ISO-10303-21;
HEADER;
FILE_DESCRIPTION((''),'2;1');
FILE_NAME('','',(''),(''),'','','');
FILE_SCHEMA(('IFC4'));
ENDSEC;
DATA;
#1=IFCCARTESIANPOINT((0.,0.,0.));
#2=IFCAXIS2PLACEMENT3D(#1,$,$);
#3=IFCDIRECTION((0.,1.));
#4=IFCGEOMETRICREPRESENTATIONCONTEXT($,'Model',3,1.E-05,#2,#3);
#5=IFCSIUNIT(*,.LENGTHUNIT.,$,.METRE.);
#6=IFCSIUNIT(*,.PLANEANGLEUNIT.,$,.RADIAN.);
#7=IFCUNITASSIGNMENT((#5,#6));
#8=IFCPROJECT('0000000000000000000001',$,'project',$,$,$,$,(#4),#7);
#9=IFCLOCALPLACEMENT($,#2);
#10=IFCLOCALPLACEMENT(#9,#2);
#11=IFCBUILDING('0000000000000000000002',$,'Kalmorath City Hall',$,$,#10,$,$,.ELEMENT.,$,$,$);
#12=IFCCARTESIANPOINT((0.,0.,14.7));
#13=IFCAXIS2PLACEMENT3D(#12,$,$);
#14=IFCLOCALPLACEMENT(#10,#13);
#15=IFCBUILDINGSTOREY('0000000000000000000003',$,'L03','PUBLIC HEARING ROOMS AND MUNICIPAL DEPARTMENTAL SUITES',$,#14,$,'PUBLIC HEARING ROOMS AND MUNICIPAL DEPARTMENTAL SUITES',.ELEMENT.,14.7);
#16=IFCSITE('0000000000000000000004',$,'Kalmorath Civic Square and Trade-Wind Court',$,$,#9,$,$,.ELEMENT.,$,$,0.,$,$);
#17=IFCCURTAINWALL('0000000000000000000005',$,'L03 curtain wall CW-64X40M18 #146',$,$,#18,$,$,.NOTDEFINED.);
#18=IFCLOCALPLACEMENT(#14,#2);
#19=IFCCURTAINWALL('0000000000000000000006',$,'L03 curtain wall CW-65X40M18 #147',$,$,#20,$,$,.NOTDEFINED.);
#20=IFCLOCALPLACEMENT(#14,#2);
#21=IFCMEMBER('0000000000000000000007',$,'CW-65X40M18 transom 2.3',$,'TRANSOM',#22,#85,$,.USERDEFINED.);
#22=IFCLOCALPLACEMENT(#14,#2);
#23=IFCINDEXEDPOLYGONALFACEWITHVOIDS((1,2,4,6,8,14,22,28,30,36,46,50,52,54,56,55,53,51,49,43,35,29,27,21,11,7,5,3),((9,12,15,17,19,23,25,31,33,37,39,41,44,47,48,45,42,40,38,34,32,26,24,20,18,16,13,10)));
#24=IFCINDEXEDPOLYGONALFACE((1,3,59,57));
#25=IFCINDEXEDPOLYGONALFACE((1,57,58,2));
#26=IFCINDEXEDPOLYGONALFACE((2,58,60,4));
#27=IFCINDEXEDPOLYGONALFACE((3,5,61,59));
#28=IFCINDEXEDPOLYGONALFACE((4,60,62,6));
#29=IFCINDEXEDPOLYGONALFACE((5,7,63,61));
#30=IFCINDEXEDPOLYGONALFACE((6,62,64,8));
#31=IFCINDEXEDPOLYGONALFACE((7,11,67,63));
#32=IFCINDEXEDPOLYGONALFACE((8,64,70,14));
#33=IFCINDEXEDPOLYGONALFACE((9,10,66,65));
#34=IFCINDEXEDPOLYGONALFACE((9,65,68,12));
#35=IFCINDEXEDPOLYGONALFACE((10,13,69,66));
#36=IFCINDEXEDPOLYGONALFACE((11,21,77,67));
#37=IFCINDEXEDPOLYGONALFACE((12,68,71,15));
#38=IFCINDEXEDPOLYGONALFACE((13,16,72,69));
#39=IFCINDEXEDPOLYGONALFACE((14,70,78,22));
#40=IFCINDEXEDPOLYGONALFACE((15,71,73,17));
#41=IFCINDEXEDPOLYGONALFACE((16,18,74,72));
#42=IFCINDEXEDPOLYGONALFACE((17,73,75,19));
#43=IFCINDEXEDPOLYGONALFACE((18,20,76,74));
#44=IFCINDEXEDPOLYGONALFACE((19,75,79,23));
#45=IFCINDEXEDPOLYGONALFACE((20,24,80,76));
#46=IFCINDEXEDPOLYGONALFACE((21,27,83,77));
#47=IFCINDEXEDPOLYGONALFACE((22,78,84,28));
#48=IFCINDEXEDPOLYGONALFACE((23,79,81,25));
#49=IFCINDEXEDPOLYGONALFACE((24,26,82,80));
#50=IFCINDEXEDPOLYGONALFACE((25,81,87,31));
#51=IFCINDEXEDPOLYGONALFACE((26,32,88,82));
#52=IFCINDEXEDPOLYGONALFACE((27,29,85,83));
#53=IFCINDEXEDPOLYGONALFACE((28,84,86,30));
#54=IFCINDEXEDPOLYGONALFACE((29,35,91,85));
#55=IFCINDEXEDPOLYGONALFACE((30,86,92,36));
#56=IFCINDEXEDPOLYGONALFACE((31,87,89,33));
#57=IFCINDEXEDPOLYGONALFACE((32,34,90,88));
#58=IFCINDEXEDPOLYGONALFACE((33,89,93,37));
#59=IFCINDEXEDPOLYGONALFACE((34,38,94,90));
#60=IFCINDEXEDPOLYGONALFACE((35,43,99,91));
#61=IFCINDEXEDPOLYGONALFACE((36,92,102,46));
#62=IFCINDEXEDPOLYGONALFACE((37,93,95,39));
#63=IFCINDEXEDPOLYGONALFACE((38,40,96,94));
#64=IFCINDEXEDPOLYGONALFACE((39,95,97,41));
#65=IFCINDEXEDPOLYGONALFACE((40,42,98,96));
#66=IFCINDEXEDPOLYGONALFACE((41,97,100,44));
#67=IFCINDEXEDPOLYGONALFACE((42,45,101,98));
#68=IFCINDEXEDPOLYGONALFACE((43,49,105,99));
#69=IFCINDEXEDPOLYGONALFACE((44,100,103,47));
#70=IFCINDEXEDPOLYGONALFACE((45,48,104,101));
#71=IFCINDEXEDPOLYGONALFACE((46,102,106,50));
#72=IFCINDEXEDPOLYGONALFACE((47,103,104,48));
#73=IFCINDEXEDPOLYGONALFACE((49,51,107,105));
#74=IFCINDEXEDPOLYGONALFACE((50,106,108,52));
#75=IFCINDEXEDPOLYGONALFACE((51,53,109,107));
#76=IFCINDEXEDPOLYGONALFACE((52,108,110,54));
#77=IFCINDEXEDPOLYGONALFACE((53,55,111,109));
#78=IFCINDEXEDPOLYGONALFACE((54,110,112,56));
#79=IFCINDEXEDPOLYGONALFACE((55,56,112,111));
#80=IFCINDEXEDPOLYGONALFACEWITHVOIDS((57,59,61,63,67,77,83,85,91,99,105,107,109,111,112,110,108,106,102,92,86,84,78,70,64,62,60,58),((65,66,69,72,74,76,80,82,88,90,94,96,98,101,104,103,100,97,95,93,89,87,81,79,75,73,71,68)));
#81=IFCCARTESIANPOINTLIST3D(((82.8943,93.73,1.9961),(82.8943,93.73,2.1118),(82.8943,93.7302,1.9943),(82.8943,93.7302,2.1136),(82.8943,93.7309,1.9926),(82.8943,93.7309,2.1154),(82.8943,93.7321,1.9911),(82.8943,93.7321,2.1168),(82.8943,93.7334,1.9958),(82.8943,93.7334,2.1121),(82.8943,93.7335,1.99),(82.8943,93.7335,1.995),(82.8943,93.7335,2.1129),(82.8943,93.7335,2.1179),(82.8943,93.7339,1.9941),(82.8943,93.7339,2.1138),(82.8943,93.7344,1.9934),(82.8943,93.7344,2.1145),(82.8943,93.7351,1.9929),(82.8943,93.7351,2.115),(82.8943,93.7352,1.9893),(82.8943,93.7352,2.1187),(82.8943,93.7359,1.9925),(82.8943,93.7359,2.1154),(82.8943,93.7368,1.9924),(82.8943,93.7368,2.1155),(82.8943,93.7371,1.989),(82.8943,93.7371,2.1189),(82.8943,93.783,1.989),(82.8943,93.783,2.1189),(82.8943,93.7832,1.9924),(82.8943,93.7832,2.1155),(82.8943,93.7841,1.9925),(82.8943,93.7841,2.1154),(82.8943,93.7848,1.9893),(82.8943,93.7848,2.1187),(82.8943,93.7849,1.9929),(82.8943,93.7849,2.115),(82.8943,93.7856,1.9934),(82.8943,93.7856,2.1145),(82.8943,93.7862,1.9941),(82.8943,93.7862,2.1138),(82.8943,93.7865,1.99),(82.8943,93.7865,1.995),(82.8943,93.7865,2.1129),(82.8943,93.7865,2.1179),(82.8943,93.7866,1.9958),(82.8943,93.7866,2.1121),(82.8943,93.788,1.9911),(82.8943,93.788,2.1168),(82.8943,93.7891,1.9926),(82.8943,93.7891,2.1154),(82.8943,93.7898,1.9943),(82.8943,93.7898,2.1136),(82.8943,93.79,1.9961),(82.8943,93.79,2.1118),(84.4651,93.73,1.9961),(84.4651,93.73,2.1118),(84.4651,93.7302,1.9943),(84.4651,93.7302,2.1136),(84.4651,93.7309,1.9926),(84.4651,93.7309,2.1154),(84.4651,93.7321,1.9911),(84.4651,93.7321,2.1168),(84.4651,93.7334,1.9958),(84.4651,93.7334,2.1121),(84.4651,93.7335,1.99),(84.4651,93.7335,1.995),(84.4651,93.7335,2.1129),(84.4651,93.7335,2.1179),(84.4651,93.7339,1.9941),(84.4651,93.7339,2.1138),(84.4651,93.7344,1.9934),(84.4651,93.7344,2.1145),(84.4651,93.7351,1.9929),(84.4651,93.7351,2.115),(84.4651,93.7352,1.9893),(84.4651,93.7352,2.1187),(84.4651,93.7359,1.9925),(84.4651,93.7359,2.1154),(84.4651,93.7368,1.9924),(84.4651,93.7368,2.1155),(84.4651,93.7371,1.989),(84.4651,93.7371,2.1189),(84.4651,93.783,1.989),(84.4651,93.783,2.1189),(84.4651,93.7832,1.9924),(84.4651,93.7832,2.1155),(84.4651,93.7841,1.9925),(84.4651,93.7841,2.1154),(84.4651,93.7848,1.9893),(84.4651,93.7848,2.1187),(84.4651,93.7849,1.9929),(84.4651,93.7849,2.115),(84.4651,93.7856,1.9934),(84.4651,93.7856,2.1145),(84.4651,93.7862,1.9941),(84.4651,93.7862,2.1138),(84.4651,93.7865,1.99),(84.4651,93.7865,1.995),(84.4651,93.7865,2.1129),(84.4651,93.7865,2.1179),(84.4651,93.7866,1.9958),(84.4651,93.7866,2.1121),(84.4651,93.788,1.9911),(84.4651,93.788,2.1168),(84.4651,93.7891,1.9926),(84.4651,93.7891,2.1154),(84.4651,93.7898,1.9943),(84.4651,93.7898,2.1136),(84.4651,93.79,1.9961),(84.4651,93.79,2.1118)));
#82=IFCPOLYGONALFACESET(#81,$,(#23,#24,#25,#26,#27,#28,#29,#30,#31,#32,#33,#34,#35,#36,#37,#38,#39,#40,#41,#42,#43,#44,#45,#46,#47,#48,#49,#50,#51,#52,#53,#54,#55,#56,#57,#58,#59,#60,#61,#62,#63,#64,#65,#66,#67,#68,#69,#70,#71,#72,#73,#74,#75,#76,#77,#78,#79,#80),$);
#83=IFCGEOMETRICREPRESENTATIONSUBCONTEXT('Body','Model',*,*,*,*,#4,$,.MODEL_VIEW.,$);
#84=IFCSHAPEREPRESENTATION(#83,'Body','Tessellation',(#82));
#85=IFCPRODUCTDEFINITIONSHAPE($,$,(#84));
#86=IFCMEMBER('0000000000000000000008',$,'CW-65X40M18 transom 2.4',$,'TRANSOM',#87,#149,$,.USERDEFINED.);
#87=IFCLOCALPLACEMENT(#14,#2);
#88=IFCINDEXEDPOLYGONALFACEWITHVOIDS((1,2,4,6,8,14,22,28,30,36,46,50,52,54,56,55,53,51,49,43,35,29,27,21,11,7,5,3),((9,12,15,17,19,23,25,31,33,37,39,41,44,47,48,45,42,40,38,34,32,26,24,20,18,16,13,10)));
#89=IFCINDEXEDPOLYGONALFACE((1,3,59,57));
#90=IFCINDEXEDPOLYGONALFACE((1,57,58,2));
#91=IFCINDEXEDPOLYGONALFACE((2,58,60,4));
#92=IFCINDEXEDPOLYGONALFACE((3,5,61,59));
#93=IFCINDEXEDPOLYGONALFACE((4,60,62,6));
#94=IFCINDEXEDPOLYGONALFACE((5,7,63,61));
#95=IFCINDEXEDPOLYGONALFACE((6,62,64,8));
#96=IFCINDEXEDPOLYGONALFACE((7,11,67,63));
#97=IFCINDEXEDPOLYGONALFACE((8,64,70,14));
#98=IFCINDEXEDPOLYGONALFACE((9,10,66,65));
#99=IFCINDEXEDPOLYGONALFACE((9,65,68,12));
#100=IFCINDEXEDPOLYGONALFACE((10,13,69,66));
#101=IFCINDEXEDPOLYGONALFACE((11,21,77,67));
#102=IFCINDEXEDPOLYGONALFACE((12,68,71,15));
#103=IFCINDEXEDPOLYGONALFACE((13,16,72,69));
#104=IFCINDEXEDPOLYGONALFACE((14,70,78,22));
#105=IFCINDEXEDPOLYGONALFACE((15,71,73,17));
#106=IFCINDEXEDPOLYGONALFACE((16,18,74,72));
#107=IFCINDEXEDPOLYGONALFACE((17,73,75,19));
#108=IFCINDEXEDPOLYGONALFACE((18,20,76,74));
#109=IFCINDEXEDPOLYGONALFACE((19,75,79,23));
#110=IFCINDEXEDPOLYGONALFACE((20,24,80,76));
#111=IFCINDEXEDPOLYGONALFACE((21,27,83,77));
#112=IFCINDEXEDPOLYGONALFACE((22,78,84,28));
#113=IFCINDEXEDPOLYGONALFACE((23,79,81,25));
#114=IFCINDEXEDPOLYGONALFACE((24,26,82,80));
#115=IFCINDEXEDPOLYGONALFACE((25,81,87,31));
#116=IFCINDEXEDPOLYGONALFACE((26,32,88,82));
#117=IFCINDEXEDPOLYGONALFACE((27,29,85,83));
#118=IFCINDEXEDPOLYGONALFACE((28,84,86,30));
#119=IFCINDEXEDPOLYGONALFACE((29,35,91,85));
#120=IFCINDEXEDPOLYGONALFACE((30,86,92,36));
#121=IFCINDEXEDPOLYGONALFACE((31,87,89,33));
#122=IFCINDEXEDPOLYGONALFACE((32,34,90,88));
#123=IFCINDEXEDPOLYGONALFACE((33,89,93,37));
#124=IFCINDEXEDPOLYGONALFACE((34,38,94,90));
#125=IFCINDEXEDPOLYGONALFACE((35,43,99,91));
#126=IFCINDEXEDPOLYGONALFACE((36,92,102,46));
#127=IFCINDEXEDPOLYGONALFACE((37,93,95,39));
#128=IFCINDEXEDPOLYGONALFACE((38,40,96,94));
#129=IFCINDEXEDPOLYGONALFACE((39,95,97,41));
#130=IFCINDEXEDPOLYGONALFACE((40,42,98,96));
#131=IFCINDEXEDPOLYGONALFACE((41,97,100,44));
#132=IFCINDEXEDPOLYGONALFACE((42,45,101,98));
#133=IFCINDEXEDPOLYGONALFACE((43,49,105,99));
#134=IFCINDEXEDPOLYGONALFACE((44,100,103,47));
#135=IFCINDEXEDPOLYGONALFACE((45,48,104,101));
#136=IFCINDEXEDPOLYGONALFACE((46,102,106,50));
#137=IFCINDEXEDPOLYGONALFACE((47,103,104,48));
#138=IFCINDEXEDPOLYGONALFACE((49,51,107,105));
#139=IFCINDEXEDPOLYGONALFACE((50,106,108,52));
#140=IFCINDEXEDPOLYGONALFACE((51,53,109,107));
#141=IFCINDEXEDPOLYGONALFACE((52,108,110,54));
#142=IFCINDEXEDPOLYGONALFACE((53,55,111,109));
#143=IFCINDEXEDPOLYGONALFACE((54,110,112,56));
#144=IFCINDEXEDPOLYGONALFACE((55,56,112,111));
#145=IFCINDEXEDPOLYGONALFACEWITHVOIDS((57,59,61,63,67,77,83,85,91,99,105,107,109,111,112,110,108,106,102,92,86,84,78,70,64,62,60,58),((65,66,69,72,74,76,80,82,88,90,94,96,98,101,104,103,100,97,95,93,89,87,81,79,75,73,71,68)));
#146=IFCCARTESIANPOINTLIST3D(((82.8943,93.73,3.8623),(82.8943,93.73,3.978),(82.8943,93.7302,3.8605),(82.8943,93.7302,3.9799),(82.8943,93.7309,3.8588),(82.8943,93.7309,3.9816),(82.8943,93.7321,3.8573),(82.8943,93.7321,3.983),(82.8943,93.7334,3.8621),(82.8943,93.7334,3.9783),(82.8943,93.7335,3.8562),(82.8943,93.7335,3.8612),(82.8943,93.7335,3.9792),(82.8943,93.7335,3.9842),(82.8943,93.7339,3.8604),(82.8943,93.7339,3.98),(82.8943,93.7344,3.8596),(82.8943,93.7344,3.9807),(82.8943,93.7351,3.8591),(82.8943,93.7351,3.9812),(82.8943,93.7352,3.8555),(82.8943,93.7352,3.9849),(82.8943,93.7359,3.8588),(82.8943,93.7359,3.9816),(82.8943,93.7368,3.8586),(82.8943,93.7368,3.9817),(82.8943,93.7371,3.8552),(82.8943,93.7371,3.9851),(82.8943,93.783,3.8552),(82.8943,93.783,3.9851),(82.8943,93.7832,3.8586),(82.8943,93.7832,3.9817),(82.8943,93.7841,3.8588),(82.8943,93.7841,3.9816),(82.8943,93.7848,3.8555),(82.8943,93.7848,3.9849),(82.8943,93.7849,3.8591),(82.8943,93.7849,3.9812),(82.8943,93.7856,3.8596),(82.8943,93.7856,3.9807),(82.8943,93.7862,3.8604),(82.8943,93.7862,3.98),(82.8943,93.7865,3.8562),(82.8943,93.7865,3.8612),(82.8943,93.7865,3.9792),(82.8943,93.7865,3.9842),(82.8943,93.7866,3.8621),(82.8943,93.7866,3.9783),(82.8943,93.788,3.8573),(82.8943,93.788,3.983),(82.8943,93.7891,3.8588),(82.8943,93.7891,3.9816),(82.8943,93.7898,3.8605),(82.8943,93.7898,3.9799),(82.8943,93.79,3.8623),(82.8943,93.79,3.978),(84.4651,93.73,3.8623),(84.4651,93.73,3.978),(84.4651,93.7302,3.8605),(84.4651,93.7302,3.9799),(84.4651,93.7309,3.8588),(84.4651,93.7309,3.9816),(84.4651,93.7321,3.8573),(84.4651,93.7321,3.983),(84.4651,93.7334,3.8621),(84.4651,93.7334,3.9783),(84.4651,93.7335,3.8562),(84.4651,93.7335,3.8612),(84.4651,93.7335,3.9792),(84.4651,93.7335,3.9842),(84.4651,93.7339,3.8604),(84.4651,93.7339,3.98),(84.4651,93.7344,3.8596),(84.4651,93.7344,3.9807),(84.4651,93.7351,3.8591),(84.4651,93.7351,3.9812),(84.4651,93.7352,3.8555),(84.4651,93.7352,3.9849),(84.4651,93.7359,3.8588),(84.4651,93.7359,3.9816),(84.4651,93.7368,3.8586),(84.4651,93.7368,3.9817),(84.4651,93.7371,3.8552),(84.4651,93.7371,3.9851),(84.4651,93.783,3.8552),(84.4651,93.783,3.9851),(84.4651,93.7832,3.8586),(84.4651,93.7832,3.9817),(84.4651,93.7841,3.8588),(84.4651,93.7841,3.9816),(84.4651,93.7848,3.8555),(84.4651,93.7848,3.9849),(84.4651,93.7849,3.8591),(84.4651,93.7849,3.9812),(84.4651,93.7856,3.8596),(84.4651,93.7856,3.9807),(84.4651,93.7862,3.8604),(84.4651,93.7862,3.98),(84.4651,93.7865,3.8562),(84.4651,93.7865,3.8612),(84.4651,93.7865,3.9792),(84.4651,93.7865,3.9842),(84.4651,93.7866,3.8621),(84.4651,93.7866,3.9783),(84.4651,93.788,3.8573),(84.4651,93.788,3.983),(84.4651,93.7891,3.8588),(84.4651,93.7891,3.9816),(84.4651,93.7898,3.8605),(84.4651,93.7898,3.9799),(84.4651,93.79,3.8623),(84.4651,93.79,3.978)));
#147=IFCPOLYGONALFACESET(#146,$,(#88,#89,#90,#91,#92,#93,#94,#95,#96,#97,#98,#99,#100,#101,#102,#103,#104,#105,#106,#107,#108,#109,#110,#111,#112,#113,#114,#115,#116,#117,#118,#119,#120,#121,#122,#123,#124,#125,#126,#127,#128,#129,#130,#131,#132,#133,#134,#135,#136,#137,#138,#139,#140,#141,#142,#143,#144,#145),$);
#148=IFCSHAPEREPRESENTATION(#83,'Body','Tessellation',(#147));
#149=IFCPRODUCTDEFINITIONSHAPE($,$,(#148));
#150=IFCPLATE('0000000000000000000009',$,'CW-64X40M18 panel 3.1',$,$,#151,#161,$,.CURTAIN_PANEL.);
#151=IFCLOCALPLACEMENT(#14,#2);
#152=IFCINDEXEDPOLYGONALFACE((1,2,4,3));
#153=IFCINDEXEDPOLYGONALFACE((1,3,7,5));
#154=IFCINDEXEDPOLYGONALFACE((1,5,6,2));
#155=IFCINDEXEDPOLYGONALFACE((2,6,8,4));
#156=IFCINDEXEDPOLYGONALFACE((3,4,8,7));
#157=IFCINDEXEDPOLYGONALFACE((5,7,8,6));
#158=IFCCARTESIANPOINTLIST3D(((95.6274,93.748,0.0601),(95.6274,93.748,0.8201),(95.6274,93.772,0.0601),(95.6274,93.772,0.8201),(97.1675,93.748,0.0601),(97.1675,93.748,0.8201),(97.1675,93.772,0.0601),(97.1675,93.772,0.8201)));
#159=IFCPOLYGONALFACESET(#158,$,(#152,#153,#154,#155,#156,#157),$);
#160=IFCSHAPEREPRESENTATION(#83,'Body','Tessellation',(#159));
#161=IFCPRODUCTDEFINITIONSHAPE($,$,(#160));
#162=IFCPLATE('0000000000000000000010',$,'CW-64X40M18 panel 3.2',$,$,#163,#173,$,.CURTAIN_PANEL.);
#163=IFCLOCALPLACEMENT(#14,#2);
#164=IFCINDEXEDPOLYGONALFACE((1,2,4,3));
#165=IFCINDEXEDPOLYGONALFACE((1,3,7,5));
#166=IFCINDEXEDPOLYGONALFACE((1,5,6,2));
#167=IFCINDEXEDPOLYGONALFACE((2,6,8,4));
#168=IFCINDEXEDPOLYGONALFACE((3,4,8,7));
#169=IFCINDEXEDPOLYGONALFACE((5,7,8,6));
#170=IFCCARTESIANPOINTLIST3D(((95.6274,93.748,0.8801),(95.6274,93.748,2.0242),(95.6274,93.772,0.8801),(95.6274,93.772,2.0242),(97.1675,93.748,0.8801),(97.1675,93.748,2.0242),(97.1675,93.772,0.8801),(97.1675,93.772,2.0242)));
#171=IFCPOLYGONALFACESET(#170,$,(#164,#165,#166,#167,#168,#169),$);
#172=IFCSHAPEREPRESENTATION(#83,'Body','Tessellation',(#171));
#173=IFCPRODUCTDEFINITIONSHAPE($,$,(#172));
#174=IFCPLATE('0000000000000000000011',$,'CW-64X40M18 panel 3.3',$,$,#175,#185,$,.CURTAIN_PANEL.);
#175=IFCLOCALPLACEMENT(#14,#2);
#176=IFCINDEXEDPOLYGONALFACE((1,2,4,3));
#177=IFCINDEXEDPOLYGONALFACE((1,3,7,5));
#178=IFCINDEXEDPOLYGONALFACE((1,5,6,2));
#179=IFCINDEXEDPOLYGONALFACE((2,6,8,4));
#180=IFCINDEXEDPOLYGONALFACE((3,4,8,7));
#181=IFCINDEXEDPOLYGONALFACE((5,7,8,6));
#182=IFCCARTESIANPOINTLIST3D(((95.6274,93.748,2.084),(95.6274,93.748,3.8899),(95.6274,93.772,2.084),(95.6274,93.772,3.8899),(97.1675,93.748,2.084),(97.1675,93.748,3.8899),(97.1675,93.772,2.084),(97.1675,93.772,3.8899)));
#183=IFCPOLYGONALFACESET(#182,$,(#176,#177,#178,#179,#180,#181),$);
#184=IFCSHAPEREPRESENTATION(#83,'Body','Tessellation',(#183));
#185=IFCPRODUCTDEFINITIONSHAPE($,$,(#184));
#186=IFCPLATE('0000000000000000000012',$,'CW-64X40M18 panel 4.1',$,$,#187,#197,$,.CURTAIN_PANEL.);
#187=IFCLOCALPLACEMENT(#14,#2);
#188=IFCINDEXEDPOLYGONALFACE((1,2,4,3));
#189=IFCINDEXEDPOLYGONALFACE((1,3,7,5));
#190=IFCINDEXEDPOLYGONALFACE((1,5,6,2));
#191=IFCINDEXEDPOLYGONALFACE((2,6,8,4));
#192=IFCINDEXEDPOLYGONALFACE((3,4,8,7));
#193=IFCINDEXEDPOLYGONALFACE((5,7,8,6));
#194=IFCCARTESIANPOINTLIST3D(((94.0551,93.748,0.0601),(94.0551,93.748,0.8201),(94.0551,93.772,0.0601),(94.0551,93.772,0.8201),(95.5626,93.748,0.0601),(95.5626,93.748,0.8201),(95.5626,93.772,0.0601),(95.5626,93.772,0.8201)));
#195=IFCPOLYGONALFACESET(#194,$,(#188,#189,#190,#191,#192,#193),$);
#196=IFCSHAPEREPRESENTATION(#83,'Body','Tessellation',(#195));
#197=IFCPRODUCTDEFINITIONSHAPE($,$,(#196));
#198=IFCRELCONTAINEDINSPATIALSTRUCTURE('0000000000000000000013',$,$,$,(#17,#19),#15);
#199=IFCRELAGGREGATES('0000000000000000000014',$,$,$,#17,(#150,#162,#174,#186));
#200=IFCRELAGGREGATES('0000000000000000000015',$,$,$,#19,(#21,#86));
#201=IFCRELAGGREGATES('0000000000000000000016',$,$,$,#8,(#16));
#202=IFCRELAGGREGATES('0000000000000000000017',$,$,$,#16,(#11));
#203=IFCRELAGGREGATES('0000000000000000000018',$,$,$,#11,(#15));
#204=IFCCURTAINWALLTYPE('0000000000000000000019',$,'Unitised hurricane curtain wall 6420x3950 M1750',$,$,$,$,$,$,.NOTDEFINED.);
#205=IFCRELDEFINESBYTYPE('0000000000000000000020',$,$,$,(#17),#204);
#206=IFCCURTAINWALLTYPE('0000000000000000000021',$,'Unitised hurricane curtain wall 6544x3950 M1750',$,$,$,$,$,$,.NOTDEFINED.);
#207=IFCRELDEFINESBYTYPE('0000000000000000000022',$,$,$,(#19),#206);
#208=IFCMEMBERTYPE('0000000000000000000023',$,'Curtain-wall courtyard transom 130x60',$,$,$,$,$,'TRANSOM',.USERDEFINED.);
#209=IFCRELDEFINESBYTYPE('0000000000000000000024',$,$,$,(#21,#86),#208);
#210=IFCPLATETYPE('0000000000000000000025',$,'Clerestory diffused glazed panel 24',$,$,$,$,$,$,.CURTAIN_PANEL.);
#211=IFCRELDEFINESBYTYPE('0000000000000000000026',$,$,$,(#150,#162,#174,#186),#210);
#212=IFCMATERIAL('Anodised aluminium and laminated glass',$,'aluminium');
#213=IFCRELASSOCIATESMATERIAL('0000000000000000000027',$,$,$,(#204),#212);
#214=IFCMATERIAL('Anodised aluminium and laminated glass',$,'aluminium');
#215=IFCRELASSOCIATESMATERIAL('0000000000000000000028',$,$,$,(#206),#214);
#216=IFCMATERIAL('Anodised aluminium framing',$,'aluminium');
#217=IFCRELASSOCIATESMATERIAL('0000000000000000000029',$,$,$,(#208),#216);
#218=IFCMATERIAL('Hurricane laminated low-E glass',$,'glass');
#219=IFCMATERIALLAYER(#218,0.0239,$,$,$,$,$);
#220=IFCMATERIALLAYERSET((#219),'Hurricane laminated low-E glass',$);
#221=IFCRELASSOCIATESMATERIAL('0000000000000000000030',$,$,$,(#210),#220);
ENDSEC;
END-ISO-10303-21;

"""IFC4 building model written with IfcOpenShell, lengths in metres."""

from ifc_helpers import new_model, si_unit, direction, frame, origin, origin_2d, place, context, subcontext, project, spatial, rectangle, hollow_rectangle, extrude, material, layer, layer_set, material_profile, profile_set, type_object, element, aggregate, save


model = new_model("IFC4")

# Units and contexts
model_context = context("Model", 3, precision=1e-05, world=origin(), true_north=direction((0.0, 1.0)))
body_context = subcontext(model_context, "Body", "Model", "MODEL_VIEW")
ifc_project = project(units=[si_unit("LENGTHUNIT", "METRE"), si_unit("PLANEANGLEUNIT", "RADIAN")], contexts=[model_context])

# Site, building, storey
site_placement = place(None, origin())
site = spatial("IfcSite", under=ifc_project, at=site_placement, Name="Kalmorath Civic Square and Trade-Wind Court", CompositionType="ELEMENT", RefElevation=0.0)
building_placement = place(site_placement, origin())
building = spatial("IfcBuilding", under=site, at=building_placement, Name="Kalmorath City Hall", CompositionType="ELEMENT")
storey_placement = place(building_placement, frame((0.0, 0.0, 14.7)))
storey = spatial("IfcBuildingStorey", under=building, at=storey_placement, Name="L03", Description="PUBLIC HEARING ROOMS AND MUNICIPAL DEPARTMENTAL SUITES", LongName="PUBLIC HEARING ROOMS AND MUNICIPAL DEPARTMENTAL SUITES", CompositionType="ELEMENT", Elevation=14.7)

# Curtain walls
ifc_material_1 = material(Name="Anodised aluminium and laminated glass", Category="aluminium")
curtain_wall_type_1 = type_object("IfcCurtainWallType", Name="Unitised hurricane curtain wall 6420x3950 M1750", PredefinedType="NOTDEFINED", material=ifc_material_1)
curtain_wall_1_placement = place(storey_placement, origin())
curtain_wall_1 = element("IfcCurtainWall", 1, at=curtain_wall_1_placement, inside=storey, type_object=curtain_wall_type_1, Name="L03 curtain wall CW-64X40M18 #146", PredefinedType="NOTDEFINED")
ifc_material_2 = material(Name="Anodised aluminium and laminated glass", Category="aluminium")
curtain_wall_type_2 = type_object("IfcCurtainWallType", Name="Unitised hurricane curtain wall 6544x3950 M1750", PredefinedType="NOTDEFINED", material=ifc_material_2)
curtain_wall_2_placement = place(storey_placement, origin())
curtain_wall_2 = element("IfcCurtainWall", 2, at=curtain_wall_2_placement, inside=storey, type_object=curtain_wall_type_2, Name="L03 curtain wall CW-65X40M18 #147", PredefinedType="NOTDEFINED")

# Members
ifc_material_3 = material(Name="Anodised aluminium framing", Category="aluminium")
ifc_material_profile_1 = material_profile(ifc_material_3, hollow_rectangle(XDim=0.0601, YDim=0.1299, WallThickness=0.0034, InnerFilletRadius=0.0034, OuterFilletRadius=0.0071, at=origin_2d()), Name="ALU-TRN-130X60X3.5")
ifc_profile_set_1 = profile_set([ifc_material_profile_1], Name="Anodised aluminium framing")
member_type_1 = type_object("IfcMemberType", Name="Curtain-wall courtyard transom 130x60", ElementType="TRANSOM", PredefinedType="USERDEFINED", material=ifc_profile_set_1)
member_1_placement = place(storey_placement, frame((84.4651, 93.76, 2.054), z_axis=(-1.0, 0.0, 0.0), x_axis=(0.0, -1.0, 0.0)))
member_1 = element("IfcMember", 3, at=member_1_placement, type_object=member_type_1, Name="CW-65X40M18 transom 2.3", ObjectType="TRANSOM", PredefinedType="USERDEFINED", context=body_context, shape_type="SweptSolid", body=[
    extrude(hollow_rectangle(XDim=0.0601, YDim=0.1299, WallThickness=0.0034, InnerFilletRadius=0.0034, OuterFilletRadius=0.0071, at=origin_2d()), origin(), (0.0, 0.0, 1.0), 1.5708),
])
member_2_placement = place(storey_placement, frame((84.4651, 93.76, 3.9202), z_axis=(-1.0, 0.0, 0.0), x_axis=(0.0, -1.0, 0.0)))
member_2 = element("IfcMember", 4, at=member_2_placement, type_object=member_type_1, Name="CW-65X40M18 transom 2.4", ObjectType="TRANSOM", PredefinedType="USERDEFINED", context=body_context, shape_type="SweptSolid", body=[
    extrude(hollow_rectangle(XDim=0.0601, YDim=0.1299, WallThickness=0.0034, InnerFilletRadius=0.0034, OuterFilletRadius=0.0071, at=origin_2d()), origin(), (0.0, 0.0, 1.0), 1.5708),
])

# Plates
ifc_material_4 = material(Name="Hurricane laminated low-E glass", Category="glass")
ifc_layer_1 = layer(ifc_material_4, 0.0239)
ifc_layer_set_1 = layer_set([ifc_layer_1], Name="Hurricane laminated low-E glass")
plate_type = type_object("IfcPlateType", Name="Clerestory diffused glazed panel 24", PredefinedType="CURTAIN_PANEL", material=ifc_layer_set_1)
plate_1_placement = place(storey_placement, frame((96.3975, 93.76, 0.0601), z_axis=(0.0, 0.0, 1.0), x_axis=(-1.0, 0.0, 0.0)))
plate_1 = element("IfcPlate", 5, at=plate_1_placement, type_object=plate_type, Name="CW-64X40M18 panel 3.1", PredefinedType="CURTAIN_PANEL", context=body_context, shape_type="SweptSolid", body=[
    extrude(rectangle(XDim=1.54, YDim=0.0239, at=origin_2d()), origin(), (0.0, 0.0, 1.0), 0.76),
])
plate_2_placement = place(storey_placement, frame((96.3975, 93.76, 0.8801), z_axis=(0.0, 0.0, 1.0), x_axis=(-1.0, 0.0, 0.0)))
plate_2 = element("IfcPlate", 6, at=plate_2_placement, type_object=plate_type, Name="CW-64X40M18 panel 3.2", PredefinedType="CURTAIN_PANEL", context=body_context, shape_type="SweptSolid", body=[
    extrude(rectangle(XDim=1.54, YDim=0.0239, at=origin_2d()), origin(), (0.0, 0.0, 1.0), 1.144),
])
plate_3_placement = place(storey_placement, frame((96.3975, 93.76, 2.084), z_axis=(0.0, 0.0, 1.0), x_axis=(-1.0, 0.0, 0.0)))
plate_3 = element("IfcPlate", 7, at=plate_3_placement, type_object=plate_type, Name="CW-64X40M18 panel 3.3", PredefinedType="CURTAIN_PANEL", context=body_context, shape_type="SweptSolid", body=[
    extrude(rectangle(XDim=1.54, YDim=0.0239, at=origin_2d()), origin(), (0.0, 0.0, 1.0), 1.8059),
])
plate_4_placement = place(storey_placement, frame((94.8088, 93.76, 0.0601), z_axis=(0.0, 0.0, 1.0), x_axis=(-1.0, 0.0, 0.0)))
plate_4 = element("IfcPlate", 8, at=plate_4_placement, type_object=plate_type, Name="CW-64X40M18 panel 4.1", PredefinedType="CURTAIN_PANEL", context=body_context, shape_type="SweptSolid", body=[
    extrude(rectangle(XDim=1.5076, YDim=0.0239, at=origin_2d()), origin(), (0.0, 0.0, 1.0), 0.76),
])
aggregate(curtain_wall_1, [plate_1, plate_2, plate_3, plate_4])
aggregate(curtain_wall_2, [member_1, member_2])

save(model, "model.ifc")
